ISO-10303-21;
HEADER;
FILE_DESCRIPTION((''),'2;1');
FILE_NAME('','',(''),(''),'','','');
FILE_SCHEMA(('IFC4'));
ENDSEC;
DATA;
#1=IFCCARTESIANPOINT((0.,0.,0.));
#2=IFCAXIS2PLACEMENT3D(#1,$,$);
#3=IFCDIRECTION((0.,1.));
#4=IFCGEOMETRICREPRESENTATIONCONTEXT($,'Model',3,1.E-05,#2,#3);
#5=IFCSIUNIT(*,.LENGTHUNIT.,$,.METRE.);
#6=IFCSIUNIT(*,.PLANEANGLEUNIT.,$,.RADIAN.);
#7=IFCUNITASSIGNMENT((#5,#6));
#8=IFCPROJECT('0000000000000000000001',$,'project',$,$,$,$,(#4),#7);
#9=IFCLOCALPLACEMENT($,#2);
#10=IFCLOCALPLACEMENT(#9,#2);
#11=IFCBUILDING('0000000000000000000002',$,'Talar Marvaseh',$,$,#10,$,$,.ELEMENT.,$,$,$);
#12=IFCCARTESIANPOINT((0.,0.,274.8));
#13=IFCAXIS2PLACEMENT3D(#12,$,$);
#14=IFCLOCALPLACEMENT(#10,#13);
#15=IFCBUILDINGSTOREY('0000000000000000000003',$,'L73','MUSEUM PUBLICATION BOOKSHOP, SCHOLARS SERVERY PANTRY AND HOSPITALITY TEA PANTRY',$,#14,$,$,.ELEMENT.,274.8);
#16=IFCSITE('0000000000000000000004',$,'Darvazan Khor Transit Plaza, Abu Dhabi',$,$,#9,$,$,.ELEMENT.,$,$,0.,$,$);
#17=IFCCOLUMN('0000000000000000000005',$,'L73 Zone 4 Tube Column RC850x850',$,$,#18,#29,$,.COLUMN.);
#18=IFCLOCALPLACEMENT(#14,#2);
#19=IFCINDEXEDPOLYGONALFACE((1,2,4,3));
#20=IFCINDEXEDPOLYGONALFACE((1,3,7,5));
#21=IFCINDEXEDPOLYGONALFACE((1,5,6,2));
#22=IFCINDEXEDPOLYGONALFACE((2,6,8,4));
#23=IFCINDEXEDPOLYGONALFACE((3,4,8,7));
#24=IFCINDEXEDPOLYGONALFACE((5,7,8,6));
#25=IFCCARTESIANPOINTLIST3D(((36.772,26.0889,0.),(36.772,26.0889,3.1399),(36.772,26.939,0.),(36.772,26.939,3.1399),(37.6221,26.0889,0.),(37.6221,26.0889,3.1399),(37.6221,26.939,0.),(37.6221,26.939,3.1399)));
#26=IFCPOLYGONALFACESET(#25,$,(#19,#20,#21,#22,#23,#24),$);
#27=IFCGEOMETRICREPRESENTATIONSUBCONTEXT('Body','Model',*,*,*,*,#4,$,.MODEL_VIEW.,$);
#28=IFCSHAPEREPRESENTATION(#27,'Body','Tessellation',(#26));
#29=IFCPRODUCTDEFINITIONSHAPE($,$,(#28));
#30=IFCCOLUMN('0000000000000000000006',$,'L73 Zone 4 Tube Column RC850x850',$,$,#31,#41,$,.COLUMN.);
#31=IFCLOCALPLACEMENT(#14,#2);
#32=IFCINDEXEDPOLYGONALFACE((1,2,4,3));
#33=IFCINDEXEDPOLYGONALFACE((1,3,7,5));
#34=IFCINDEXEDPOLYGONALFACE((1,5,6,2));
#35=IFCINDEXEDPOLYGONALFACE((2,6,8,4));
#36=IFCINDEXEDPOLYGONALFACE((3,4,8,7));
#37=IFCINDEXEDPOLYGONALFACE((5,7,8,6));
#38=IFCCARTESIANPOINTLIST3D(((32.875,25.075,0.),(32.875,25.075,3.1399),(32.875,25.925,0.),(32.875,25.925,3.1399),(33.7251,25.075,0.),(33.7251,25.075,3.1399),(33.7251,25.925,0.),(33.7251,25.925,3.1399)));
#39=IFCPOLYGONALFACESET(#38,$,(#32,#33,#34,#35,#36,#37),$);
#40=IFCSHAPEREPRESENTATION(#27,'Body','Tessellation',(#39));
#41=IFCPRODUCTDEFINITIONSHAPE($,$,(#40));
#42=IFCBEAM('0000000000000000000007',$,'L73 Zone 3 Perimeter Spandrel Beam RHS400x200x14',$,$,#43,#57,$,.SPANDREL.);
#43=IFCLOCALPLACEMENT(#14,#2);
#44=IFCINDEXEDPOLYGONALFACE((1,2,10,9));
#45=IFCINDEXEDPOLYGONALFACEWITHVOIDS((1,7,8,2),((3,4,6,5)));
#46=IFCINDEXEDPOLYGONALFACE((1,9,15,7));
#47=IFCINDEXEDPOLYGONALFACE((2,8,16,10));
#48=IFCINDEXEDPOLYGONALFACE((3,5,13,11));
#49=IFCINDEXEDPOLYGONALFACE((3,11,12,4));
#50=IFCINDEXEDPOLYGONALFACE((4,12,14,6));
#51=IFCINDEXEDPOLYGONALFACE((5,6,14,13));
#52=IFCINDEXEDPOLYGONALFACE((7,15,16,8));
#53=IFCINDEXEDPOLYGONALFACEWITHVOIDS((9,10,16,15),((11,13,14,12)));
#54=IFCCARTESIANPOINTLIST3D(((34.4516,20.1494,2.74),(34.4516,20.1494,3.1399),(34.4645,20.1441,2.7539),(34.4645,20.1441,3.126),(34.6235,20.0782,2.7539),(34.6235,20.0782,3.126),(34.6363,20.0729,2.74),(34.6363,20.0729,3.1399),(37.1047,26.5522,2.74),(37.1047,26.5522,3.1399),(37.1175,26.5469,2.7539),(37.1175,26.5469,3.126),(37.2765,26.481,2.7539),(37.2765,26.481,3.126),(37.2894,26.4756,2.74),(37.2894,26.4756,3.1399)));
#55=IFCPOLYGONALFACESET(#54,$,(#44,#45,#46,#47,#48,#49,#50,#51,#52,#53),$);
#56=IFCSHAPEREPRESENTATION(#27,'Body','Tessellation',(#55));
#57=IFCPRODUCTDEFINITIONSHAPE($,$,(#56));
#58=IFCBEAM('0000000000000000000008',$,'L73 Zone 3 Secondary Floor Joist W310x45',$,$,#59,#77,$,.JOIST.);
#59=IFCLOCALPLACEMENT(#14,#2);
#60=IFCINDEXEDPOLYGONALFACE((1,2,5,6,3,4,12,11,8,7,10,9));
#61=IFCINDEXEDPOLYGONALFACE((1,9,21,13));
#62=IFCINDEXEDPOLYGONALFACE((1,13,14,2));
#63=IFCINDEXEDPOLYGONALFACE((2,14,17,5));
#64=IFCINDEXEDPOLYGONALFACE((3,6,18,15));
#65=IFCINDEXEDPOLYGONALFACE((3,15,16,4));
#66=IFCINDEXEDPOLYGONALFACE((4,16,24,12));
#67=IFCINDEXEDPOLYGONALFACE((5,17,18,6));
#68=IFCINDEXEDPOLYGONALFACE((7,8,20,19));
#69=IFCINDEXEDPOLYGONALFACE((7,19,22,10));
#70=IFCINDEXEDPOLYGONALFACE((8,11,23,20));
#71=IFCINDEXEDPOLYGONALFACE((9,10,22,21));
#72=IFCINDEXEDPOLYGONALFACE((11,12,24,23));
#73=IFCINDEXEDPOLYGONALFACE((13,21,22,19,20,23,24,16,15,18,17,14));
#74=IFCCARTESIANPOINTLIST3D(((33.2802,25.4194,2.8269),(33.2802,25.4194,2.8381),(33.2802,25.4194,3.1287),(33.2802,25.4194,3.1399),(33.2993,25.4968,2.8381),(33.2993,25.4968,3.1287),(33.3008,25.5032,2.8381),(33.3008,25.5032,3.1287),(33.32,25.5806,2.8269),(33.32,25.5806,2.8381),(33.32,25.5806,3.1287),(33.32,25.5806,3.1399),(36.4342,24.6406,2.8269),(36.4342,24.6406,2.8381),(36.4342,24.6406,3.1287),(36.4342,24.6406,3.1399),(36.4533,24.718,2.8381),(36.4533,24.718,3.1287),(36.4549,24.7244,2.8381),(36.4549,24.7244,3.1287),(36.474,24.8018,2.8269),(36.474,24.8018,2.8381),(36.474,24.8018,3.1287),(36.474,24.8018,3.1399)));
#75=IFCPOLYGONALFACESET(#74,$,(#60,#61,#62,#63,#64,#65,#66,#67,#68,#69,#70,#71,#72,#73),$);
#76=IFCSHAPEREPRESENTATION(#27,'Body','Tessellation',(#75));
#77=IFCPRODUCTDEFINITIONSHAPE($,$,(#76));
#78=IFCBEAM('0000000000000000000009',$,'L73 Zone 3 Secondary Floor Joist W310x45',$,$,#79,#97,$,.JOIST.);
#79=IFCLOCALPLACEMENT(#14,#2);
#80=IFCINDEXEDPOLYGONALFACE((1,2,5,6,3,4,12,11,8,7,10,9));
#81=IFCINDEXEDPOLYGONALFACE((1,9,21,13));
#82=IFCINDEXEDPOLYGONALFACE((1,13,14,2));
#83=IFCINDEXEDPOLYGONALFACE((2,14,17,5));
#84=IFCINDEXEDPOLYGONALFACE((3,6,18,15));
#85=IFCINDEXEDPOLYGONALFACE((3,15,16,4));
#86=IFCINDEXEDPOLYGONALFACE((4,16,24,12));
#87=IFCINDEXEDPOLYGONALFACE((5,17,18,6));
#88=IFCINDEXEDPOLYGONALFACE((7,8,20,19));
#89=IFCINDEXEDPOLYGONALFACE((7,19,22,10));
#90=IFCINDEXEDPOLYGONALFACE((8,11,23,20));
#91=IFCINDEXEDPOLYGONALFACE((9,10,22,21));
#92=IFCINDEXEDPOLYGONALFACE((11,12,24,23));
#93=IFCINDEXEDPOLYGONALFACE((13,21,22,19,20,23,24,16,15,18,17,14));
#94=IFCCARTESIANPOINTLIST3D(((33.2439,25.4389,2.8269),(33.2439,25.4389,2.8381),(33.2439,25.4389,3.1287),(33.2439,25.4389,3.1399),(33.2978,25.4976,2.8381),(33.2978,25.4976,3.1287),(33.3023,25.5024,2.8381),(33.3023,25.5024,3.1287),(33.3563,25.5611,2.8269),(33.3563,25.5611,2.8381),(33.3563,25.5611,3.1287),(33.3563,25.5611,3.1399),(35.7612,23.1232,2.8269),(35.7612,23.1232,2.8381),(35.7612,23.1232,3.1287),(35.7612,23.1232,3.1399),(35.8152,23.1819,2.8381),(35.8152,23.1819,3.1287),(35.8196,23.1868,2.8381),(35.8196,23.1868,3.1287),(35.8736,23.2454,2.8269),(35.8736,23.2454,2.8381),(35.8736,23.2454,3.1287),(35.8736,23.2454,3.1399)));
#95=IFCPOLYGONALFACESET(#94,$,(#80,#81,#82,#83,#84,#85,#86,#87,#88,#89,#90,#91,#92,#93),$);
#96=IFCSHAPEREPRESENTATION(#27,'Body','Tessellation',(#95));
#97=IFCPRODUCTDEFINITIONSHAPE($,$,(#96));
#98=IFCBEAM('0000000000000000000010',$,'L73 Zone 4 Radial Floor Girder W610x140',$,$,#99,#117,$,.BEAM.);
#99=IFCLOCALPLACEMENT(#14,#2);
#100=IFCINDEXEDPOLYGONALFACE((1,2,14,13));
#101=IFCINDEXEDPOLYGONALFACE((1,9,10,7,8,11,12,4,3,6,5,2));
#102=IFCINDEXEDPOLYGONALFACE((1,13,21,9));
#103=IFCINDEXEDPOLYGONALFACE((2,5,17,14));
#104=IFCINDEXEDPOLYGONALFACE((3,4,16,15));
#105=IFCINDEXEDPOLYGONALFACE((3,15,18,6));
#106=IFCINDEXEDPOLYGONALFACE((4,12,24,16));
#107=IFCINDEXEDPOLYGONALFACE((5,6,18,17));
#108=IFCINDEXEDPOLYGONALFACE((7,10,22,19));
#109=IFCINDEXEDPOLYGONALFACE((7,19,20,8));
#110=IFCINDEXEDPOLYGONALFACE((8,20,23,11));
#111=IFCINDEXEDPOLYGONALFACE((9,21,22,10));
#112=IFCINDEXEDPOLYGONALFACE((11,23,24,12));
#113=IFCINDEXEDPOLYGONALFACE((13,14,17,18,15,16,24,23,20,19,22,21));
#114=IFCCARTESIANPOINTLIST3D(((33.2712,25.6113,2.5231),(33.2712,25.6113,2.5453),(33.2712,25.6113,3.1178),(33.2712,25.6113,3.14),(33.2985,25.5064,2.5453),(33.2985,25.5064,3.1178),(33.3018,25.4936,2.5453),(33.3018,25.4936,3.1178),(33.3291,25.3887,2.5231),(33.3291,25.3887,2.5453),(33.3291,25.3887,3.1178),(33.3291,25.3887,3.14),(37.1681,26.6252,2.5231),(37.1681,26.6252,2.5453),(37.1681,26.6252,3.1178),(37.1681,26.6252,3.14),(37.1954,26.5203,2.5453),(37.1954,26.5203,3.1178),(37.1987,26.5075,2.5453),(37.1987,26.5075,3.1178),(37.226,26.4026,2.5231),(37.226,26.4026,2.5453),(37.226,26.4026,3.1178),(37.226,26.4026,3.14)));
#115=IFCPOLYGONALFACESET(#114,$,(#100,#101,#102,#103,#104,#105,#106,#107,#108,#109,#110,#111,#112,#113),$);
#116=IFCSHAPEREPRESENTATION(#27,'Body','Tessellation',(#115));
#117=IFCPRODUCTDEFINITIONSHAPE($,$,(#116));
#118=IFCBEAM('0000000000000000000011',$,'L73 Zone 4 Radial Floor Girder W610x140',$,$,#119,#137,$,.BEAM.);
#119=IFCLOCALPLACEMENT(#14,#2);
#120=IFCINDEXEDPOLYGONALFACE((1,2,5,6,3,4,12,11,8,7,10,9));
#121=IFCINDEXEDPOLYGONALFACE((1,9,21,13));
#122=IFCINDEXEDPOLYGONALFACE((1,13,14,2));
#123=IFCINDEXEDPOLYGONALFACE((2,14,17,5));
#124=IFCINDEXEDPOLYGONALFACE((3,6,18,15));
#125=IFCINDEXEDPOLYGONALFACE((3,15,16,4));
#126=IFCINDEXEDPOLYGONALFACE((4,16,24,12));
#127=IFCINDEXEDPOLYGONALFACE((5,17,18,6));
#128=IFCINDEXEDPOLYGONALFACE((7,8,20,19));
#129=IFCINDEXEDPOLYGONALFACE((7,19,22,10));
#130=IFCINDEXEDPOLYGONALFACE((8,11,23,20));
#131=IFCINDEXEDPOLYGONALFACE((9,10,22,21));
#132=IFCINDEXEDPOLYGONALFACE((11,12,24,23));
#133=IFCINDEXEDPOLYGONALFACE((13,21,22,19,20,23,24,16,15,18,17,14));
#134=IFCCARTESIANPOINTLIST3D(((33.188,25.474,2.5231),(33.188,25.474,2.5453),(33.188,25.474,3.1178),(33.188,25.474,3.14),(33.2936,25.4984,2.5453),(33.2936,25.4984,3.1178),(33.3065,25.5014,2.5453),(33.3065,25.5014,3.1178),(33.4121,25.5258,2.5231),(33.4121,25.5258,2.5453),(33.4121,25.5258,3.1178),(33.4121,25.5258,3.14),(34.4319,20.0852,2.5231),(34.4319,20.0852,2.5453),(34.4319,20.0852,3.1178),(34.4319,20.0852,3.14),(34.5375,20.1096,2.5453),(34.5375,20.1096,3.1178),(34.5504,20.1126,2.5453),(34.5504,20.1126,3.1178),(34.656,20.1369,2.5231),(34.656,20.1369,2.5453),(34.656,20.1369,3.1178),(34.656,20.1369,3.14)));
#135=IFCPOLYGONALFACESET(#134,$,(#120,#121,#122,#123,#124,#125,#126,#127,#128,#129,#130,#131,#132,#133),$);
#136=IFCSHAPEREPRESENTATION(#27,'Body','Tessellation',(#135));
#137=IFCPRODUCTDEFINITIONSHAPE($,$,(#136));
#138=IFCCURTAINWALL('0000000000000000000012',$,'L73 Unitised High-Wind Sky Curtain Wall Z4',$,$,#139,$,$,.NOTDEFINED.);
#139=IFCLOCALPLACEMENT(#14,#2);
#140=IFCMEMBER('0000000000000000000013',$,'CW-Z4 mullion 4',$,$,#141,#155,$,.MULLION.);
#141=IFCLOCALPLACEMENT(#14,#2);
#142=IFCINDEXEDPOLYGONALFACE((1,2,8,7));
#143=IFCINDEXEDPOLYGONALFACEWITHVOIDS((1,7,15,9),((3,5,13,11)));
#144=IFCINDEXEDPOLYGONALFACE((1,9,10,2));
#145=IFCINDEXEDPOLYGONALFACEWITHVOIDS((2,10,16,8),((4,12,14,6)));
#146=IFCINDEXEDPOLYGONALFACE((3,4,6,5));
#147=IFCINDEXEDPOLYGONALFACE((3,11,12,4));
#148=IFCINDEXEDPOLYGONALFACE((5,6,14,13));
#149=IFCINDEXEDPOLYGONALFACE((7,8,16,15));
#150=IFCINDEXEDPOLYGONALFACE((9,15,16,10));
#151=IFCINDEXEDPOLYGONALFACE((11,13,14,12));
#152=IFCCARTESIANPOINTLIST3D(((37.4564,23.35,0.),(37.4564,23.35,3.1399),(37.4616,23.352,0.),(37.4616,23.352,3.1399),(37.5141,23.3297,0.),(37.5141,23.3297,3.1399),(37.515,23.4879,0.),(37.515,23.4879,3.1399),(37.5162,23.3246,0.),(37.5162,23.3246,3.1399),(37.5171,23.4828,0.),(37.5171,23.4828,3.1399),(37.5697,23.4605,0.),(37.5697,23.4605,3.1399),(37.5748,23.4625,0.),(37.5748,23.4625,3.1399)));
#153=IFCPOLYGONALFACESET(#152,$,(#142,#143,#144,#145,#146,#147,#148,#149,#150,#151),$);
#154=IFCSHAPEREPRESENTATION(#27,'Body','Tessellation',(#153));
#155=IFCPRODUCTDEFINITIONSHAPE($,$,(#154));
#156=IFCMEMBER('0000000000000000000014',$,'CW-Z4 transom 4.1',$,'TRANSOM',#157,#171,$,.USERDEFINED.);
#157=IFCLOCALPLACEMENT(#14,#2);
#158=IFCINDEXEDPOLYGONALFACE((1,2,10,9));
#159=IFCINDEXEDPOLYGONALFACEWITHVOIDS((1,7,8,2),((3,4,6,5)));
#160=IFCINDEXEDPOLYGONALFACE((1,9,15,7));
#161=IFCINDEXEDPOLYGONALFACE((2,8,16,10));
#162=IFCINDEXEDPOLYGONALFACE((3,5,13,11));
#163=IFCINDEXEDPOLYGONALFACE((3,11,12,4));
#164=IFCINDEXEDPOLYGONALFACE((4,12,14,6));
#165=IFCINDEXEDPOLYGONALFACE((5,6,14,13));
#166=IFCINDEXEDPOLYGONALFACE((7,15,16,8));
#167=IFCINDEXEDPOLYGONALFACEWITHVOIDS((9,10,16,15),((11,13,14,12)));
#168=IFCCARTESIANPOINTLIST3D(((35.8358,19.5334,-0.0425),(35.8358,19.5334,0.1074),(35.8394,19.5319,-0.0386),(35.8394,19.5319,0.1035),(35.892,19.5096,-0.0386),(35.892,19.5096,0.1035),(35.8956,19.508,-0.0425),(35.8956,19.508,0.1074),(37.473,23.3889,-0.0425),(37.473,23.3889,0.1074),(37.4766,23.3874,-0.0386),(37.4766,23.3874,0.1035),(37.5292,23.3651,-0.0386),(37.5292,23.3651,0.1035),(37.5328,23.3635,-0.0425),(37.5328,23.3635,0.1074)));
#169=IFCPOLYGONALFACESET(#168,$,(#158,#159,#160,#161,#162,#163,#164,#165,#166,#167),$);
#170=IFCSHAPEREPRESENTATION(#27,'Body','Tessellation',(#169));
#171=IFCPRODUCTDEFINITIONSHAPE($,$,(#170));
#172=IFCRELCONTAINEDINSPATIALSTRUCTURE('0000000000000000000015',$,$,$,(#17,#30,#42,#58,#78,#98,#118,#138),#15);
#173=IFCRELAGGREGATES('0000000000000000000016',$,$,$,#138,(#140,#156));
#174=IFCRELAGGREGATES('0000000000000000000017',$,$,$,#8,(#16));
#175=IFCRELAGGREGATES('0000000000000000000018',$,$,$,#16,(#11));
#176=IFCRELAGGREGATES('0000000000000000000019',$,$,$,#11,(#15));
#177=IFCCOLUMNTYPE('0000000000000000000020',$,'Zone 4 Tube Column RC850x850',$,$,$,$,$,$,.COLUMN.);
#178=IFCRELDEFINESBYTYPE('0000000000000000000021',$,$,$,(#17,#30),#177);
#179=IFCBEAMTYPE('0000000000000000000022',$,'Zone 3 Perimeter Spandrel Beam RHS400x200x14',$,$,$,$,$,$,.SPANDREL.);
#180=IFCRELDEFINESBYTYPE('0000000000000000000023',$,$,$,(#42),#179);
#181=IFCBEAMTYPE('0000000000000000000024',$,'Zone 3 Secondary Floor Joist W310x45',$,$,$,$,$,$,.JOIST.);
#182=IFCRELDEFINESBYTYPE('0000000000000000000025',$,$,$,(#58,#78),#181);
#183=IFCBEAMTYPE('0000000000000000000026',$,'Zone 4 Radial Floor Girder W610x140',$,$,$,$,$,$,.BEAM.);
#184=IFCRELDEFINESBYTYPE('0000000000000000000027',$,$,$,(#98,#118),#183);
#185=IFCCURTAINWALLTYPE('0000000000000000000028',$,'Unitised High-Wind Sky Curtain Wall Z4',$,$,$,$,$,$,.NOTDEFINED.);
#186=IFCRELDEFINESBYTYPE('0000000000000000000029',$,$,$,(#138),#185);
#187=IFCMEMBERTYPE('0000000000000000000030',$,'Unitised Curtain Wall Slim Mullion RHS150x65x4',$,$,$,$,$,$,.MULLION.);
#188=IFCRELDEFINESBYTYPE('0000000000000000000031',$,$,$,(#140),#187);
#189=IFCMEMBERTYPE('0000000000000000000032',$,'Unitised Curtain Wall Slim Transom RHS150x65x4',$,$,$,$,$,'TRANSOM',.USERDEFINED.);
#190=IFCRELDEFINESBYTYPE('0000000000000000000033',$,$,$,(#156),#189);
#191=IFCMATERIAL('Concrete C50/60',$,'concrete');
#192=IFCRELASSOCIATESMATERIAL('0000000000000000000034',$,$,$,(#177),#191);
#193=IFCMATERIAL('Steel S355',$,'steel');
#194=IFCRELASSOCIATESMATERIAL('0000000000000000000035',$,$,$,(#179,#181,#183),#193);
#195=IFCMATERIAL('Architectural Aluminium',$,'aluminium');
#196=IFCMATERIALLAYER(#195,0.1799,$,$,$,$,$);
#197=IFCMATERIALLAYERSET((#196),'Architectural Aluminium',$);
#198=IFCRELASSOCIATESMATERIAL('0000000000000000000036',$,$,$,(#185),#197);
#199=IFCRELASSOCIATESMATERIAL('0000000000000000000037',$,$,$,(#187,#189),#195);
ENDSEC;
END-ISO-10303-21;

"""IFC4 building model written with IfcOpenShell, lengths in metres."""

from ifc_helpers import new_model, si_unit, direction, frame, origin, origin_2d, place, context, subcontext, project, spatial, rectangle, hollow_rectangle, i_section, extrude, source, transform, mapped, material, layer, layer_set, material_profile, profile_set, type_object, type_shapes, element, aggregate, save


model = new_model("IFC4")

# Units and contexts
model_context = context("Model", 3, precision=1e-05, world=origin(), true_north=direction((0.0, 1.0)))
body_context = subcontext(model_context, "Body", "Model", "MODEL_VIEW")
ifc_project = project(units=[si_unit("LENGTHUNIT", "METRE"), si_unit("PLANEANGLEUNIT", "RADIAN")], contexts=[model_context])

# Site, building, storey
site_placement = place(None, origin())
site = spatial("IfcSite", under=ifc_project, at=site_placement, Name="Darvazan Khor Transit Plaza, Abu Dhabi", CompositionType="ELEMENT", RefElevation=0.0)
building_placement = place(site_placement, origin())
building = spatial("IfcBuilding", under=site, at=building_placement, Name="Talar Marvaseh", CompositionType="ELEMENT")
storey_placement = place(building_placement, frame((0.0, 0.0, 274.8)))
storey = spatial("IfcBuildingStorey", under=building, at=storey_placement, Name="L73", Description="MUSEUM PUBLICATION BOOKSHOP, SCHOLARS SERVERY PANTRY AND HOSPITALITY TEA PANTRY", CompositionType="ELEMENT", Elevation=274.8)

# Columns
ifc_material_1 = material(Name="Concrete C50/60", Category="concrete")
ifc_material_profile_1 = material_profile(ifc_material_1, rectangle(XDim=0.8501, YDim=0.8501, at=origin_2d()), Name="RC850x850")
ifc_profile_set_1 = profile_set([ifc_material_profile_1], Name="Concrete C50/60")
column_type = type_object("IfcColumnType", Name="Zone 4 Tube Column RC850x850", PredefinedType="COLUMN", material=ifc_profile_set_1)
for number, where, z_axis, x_axis, name in (
    (1, (37.197, 26.5139, 0.0), (0.0, 0.0, 1.0), (1.0, 0.0, 0.0), "L73 Zone 4 Tube Column RC850x850"),
    (2, (33.3, 25.5, 0.0), (0.0, 0.0, 1.0), (1.0, 0.0, 0.0), "L73 Zone 4 Tube Column RC850x850"),
):
    element("IfcColumn", number, at=place(storey_placement, frame(where, z_axis=z_axis, x_axis=x_axis)), inside=storey, type_object=column_type, Name=name, PredefinedType="COLUMN", context=body_context, shape_type="SweptSolid", body=[
        extrude(rectangle(XDim=0.8501, YDim=0.8501, at=origin_2d()), origin(), (0.0, 0.0, 1.0), 3.1399),
    ])

# Beams
ifc_material_2 = material(Name="Steel S355", Category="steel")
ifc_material_profile_2 = material_profile(ifc_material_2, hollow_rectangle(XDim=0.2, YDim=0.3999, WallThickness=0.0139, at=origin_2d()), Name="RHS400x200x14")
ifc_profile_set_2 = profile_set([ifc_material_profile_2], Name="Steel S355")
beam_type_1 = type_object("IfcBeamType", Name="Zone 3 Perimeter Spandrel Beam RHS400x200x14", PredefinedType="SPANDREL", material=ifc_profile_set_2)
beam_1_placement = place(storey_placement, frame((37.197, 26.5139, 2.9399), z_axis=(-0.382799, -0.923832, 0.0), x_axis=(0.923832, -0.382799, 0.0)))
element("IfcBeam", 3, at=beam_1_placement, inside=storey, type_object=beam_type_1, Name="L73 Zone 3 Perimeter Spandrel Beam RHS400x200x14", PredefinedType="SPANDREL", context=body_context, shape_type="SweptSolid", body=[
    extrude(hollow_rectangle(XDim=0.2, YDim=0.3999, WallThickness=0.0139, at=origin_2d()), origin(), (0.0, 0.0, 1.0), 6.9307),
])
ifc_material_profile_3 = material_profile(ifc_material_2, i_section(OverallWidth=0.166, OverallDepth=0.313, WebThickness=0.0066, FlangeThickness=0.0112, at=origin_2d()), Name="W310x45")
ifc_profile_set_3 = profile_set([ifc_material_profile_3], Name="Steel S355")
beam_type_2 = type_object("IfcBeamType", Name="Zone 3 Secondary Floor Joist W310x45", PredefinedType="JOIST", material=ifc_profile_set_3)
beam_2_placement = place(storey_placement, frame((36.4541, 24.7212, 2.9834), z_axis=(-0.970841, 0.239723, 0.0), x_axis=(-0.239723, -0.970841, 0.0)))
element("IfcBeam", 4, at=beam_2_placement, inside=storey, type_object=beam_type_2, Name="L73 Zone 3 Secondary Floor Joist W310x45", PredefinedType="JOIST", context=body_context, shape_type="SweptSolid", body=[
    extrude(i_section(OverallWidth=0.166, OverallDepth=0.313, WebThickness=0.0066, FlangeThickness=0.0112, at=origin_2d()), origin(), (0.0, 0.0, 1.0), 3.2488),
])
beam_3_placement = place(storey_placement, frame((35.8174, 23.1843, 2.9834), z_axis=(-0.735971, 0.677013, 0.0), x_axis=(-0.677013, -0.735971, 0.0)))
element("IfcBeam", 5, at=beam_3_placement, inside=storey, type_object=beam_type_2, Name="L73 Zone 3 Secondary Floor Joist W310x45", PredefinedType="JOIST", context=body_context, shape_type="SweptSolid", body=[
    extrude(i_section(OverallWidth=0.166, OverallDepth=0.313, WebThickness=0.0066, FlangeThickness=0.0112, at=origin_2d()), origin(), (0.0, 0.0, 1.0), 3.4204),
])
ifc_material_profile_4 = material_profile(ifc_material_2, i_section(OverallWidth=0.23, OverallDepth=0.6169, WebThickness=0.0132, FlangeThickness=0.0222, at=origin_2d()), Name="W610x140")
ifc_profile_set_4 = profile_set([ifc_material_profile_4], Name="Steel S355")
beam_type_3 = type_object("IfcBeamType", Name="Zone 4 Radial Floor Girder W610x140", PredefinedType="BEAM", material=ifc_profile_set_4)
beam_4_placement = place(storey_placement, frame((37.197, 26.5139, 2.8315), z_axis=(-0.96778, -0.251797, 0.0), x_axis=(0.251797, -0.96778, 0.0)))
element("IfcBeam", 6, at=beam_4_placement, inside=storey, type_object=beam_type_3, Name="L73 Zone 4 Radial Floor Girder W610x140", PredefinedType="BEAM", context=body_context, shape_type="SweptSolid", body=[
    extrude(i_section(OverallWidth=0.23, OverallDepth=0.6169, WebThickness=0.0132, FlangeThickness=0.0222, at=origin_2d()), origin(), (0.0, 0.0, 1.0), 4.0266),
])
beam_5_placement = place(storey_placement, frame((34.5439, 20.1111, 2.8315), z_axis=(-0.224911, 0.974379, 0.0), x_axis=(-0.974379, -0.224911, 0.0)))
element("IfcBeam", 7, at=beam_5_placement, inside=storey, type_object=beam_type_3, Name="L73 Zone 4 Radial Floor Girder W610x140", PredefinedType="BEAM", context=body_context, shape_type="SweptSolid", body=[
    extrude(i_section(OverallWidth=0.23, OverallDepth=0.6169, WebThickness=0.0132, FlangeThickness=0.0222, at=origin_2d()), origin(), (0.0, 0.0, 1.0), 5.5305),
])

# Curtain wall, members
ifc_material_3 = material(Name="Architectural Aluminium", Category="aluminium")
ifc_layer_1 = layer(ifc_material_3, 0.1799)
ifc_layer_set_1 = layer_set([ifc_layer_1], Name="Architectural Aluminium")
curtain_wall_type = type_object("IfcCurtainWallType", Name="Unitised High-Wind Sky Curtain Wall Z4", PredefinedType="NOTDEFINED", material=ifc_layer_set_1)
curtain_wall_placement = place(storey_placement, origin())
curtain_wall = element("IfcCurtainWall", 8, at=curtain_wall_placement, inside=storey, type_object=curtain_wall_type, Name="L73 Unitised High-Wind Sky Curtain Wall Z4", PredefinedType="NOTDEFINED")
ifc_material_profile_5 = material_profile(ifc_material_3, hollow_rectangle(XDim=0.0649, YDim=0.1499, WallThickness=0.0039, at=origin_2d()), Name="RHS150x65x4")
ifc_profile_set_5 = profile_set([ifc_material_profile_5], Name="Architectural Aluminium")
member_type_1 = type_object("IfcMemberType", Name="Unitised Curtain Wall Slim Mullion RHS150x65x4", PredefinedType="MULLION", material=ifc_profile_set_5)
shared_shape_1 = source(origin(), body_context, "Body", "SweptSolid", [
    extrude(hollow_rectangle(XDim=0.0649, YDim=0.1499, WallThickness=0.0039, at=origin_2d()), origin(), (0.0, 0.0, 1.0), 3.1399),
])
type_shapes(member_type_1, [shared_shape_1])
member_1_placement = place(storey_placement, frame((37.5156, 23.4062, 0.0), z_axis=(0.0, 0.0, 1.0), x_axis=(0.920445, -0.390873, 0.0)))
member_1 = element("IfcMember", 9, at=member_1_placement, type_object=member_type_1, Name="CW-Z4 mullion 4", PredefinedType="MULLION", context=body_context, shape_type="MappedRepresentation", body=[
    mapped(shared_shape_1, transform((0.0, 0.0, 0.0), x_axis=(1.0, 0.0, 0.0), y_axis=(0.0, 1.0, 0.0), z_axis=(0.0, 0.0, 1.0), scale=1.0)),
])
ifc_material_profile_6 = material_profile(ifc_material_3, hollow_rectangle(XDim=0.0649, YDim=0.1499, WallThickness=0.0039, at=origin_2d()), Name="RHS150x65x4")
ifc_profile_set_6 = profile_set([ifc_material_profile_6], Name="Architectural Aluminium")
member_type_2 = type_object("IfcMemberType", Name="Unitised Curtain Wall Slim Transom RHS150x65x4", ElementType="TRANSOM", PredefinedType="USERDEFINED", material=ifc_profile_set_6)
shared_shape_2 = source(origin(), body_context, "Body", "SweptSolid", [
    extrude(hollow_rectangle(XDim=0.0649, YDim=0.1499, WallThickness=0.0039, at=origin_2d()), origin(), (0.0, 0.0, 1.0), 4.1887),
])
type_shapes(member_type_2, [shared_shape_2])
member_2_placement = place(storey_placement, frame((37.5029, 23.3762, 0.0325), z_axis=(-0.390864, -0.920448, 0.0), x_axis=(0.920448, -0.390864, 0.0)))
member_2 = element("IfcMember", 10, at=member_2_placement, type_object=member_type_2, Name="CW-Z4 transom 4.1", ObjectType="TRANSOM", PredefinedType="USERDEFINED", context=body_context, shape_type="MappedRepresentation", body=[
    mapped(shared_shape_2, transform((0.0, 0.0, 0.0), x_axis=(1.0, 0.0, 0.0), y_axis=(0.0, 1.0, 0.0), z_axis=(0.0, 0.0, 1.0), scale=1.0)),
])
aggregate(curtain_wall, [member_1, member_2])

save(model, "model.ifc")
